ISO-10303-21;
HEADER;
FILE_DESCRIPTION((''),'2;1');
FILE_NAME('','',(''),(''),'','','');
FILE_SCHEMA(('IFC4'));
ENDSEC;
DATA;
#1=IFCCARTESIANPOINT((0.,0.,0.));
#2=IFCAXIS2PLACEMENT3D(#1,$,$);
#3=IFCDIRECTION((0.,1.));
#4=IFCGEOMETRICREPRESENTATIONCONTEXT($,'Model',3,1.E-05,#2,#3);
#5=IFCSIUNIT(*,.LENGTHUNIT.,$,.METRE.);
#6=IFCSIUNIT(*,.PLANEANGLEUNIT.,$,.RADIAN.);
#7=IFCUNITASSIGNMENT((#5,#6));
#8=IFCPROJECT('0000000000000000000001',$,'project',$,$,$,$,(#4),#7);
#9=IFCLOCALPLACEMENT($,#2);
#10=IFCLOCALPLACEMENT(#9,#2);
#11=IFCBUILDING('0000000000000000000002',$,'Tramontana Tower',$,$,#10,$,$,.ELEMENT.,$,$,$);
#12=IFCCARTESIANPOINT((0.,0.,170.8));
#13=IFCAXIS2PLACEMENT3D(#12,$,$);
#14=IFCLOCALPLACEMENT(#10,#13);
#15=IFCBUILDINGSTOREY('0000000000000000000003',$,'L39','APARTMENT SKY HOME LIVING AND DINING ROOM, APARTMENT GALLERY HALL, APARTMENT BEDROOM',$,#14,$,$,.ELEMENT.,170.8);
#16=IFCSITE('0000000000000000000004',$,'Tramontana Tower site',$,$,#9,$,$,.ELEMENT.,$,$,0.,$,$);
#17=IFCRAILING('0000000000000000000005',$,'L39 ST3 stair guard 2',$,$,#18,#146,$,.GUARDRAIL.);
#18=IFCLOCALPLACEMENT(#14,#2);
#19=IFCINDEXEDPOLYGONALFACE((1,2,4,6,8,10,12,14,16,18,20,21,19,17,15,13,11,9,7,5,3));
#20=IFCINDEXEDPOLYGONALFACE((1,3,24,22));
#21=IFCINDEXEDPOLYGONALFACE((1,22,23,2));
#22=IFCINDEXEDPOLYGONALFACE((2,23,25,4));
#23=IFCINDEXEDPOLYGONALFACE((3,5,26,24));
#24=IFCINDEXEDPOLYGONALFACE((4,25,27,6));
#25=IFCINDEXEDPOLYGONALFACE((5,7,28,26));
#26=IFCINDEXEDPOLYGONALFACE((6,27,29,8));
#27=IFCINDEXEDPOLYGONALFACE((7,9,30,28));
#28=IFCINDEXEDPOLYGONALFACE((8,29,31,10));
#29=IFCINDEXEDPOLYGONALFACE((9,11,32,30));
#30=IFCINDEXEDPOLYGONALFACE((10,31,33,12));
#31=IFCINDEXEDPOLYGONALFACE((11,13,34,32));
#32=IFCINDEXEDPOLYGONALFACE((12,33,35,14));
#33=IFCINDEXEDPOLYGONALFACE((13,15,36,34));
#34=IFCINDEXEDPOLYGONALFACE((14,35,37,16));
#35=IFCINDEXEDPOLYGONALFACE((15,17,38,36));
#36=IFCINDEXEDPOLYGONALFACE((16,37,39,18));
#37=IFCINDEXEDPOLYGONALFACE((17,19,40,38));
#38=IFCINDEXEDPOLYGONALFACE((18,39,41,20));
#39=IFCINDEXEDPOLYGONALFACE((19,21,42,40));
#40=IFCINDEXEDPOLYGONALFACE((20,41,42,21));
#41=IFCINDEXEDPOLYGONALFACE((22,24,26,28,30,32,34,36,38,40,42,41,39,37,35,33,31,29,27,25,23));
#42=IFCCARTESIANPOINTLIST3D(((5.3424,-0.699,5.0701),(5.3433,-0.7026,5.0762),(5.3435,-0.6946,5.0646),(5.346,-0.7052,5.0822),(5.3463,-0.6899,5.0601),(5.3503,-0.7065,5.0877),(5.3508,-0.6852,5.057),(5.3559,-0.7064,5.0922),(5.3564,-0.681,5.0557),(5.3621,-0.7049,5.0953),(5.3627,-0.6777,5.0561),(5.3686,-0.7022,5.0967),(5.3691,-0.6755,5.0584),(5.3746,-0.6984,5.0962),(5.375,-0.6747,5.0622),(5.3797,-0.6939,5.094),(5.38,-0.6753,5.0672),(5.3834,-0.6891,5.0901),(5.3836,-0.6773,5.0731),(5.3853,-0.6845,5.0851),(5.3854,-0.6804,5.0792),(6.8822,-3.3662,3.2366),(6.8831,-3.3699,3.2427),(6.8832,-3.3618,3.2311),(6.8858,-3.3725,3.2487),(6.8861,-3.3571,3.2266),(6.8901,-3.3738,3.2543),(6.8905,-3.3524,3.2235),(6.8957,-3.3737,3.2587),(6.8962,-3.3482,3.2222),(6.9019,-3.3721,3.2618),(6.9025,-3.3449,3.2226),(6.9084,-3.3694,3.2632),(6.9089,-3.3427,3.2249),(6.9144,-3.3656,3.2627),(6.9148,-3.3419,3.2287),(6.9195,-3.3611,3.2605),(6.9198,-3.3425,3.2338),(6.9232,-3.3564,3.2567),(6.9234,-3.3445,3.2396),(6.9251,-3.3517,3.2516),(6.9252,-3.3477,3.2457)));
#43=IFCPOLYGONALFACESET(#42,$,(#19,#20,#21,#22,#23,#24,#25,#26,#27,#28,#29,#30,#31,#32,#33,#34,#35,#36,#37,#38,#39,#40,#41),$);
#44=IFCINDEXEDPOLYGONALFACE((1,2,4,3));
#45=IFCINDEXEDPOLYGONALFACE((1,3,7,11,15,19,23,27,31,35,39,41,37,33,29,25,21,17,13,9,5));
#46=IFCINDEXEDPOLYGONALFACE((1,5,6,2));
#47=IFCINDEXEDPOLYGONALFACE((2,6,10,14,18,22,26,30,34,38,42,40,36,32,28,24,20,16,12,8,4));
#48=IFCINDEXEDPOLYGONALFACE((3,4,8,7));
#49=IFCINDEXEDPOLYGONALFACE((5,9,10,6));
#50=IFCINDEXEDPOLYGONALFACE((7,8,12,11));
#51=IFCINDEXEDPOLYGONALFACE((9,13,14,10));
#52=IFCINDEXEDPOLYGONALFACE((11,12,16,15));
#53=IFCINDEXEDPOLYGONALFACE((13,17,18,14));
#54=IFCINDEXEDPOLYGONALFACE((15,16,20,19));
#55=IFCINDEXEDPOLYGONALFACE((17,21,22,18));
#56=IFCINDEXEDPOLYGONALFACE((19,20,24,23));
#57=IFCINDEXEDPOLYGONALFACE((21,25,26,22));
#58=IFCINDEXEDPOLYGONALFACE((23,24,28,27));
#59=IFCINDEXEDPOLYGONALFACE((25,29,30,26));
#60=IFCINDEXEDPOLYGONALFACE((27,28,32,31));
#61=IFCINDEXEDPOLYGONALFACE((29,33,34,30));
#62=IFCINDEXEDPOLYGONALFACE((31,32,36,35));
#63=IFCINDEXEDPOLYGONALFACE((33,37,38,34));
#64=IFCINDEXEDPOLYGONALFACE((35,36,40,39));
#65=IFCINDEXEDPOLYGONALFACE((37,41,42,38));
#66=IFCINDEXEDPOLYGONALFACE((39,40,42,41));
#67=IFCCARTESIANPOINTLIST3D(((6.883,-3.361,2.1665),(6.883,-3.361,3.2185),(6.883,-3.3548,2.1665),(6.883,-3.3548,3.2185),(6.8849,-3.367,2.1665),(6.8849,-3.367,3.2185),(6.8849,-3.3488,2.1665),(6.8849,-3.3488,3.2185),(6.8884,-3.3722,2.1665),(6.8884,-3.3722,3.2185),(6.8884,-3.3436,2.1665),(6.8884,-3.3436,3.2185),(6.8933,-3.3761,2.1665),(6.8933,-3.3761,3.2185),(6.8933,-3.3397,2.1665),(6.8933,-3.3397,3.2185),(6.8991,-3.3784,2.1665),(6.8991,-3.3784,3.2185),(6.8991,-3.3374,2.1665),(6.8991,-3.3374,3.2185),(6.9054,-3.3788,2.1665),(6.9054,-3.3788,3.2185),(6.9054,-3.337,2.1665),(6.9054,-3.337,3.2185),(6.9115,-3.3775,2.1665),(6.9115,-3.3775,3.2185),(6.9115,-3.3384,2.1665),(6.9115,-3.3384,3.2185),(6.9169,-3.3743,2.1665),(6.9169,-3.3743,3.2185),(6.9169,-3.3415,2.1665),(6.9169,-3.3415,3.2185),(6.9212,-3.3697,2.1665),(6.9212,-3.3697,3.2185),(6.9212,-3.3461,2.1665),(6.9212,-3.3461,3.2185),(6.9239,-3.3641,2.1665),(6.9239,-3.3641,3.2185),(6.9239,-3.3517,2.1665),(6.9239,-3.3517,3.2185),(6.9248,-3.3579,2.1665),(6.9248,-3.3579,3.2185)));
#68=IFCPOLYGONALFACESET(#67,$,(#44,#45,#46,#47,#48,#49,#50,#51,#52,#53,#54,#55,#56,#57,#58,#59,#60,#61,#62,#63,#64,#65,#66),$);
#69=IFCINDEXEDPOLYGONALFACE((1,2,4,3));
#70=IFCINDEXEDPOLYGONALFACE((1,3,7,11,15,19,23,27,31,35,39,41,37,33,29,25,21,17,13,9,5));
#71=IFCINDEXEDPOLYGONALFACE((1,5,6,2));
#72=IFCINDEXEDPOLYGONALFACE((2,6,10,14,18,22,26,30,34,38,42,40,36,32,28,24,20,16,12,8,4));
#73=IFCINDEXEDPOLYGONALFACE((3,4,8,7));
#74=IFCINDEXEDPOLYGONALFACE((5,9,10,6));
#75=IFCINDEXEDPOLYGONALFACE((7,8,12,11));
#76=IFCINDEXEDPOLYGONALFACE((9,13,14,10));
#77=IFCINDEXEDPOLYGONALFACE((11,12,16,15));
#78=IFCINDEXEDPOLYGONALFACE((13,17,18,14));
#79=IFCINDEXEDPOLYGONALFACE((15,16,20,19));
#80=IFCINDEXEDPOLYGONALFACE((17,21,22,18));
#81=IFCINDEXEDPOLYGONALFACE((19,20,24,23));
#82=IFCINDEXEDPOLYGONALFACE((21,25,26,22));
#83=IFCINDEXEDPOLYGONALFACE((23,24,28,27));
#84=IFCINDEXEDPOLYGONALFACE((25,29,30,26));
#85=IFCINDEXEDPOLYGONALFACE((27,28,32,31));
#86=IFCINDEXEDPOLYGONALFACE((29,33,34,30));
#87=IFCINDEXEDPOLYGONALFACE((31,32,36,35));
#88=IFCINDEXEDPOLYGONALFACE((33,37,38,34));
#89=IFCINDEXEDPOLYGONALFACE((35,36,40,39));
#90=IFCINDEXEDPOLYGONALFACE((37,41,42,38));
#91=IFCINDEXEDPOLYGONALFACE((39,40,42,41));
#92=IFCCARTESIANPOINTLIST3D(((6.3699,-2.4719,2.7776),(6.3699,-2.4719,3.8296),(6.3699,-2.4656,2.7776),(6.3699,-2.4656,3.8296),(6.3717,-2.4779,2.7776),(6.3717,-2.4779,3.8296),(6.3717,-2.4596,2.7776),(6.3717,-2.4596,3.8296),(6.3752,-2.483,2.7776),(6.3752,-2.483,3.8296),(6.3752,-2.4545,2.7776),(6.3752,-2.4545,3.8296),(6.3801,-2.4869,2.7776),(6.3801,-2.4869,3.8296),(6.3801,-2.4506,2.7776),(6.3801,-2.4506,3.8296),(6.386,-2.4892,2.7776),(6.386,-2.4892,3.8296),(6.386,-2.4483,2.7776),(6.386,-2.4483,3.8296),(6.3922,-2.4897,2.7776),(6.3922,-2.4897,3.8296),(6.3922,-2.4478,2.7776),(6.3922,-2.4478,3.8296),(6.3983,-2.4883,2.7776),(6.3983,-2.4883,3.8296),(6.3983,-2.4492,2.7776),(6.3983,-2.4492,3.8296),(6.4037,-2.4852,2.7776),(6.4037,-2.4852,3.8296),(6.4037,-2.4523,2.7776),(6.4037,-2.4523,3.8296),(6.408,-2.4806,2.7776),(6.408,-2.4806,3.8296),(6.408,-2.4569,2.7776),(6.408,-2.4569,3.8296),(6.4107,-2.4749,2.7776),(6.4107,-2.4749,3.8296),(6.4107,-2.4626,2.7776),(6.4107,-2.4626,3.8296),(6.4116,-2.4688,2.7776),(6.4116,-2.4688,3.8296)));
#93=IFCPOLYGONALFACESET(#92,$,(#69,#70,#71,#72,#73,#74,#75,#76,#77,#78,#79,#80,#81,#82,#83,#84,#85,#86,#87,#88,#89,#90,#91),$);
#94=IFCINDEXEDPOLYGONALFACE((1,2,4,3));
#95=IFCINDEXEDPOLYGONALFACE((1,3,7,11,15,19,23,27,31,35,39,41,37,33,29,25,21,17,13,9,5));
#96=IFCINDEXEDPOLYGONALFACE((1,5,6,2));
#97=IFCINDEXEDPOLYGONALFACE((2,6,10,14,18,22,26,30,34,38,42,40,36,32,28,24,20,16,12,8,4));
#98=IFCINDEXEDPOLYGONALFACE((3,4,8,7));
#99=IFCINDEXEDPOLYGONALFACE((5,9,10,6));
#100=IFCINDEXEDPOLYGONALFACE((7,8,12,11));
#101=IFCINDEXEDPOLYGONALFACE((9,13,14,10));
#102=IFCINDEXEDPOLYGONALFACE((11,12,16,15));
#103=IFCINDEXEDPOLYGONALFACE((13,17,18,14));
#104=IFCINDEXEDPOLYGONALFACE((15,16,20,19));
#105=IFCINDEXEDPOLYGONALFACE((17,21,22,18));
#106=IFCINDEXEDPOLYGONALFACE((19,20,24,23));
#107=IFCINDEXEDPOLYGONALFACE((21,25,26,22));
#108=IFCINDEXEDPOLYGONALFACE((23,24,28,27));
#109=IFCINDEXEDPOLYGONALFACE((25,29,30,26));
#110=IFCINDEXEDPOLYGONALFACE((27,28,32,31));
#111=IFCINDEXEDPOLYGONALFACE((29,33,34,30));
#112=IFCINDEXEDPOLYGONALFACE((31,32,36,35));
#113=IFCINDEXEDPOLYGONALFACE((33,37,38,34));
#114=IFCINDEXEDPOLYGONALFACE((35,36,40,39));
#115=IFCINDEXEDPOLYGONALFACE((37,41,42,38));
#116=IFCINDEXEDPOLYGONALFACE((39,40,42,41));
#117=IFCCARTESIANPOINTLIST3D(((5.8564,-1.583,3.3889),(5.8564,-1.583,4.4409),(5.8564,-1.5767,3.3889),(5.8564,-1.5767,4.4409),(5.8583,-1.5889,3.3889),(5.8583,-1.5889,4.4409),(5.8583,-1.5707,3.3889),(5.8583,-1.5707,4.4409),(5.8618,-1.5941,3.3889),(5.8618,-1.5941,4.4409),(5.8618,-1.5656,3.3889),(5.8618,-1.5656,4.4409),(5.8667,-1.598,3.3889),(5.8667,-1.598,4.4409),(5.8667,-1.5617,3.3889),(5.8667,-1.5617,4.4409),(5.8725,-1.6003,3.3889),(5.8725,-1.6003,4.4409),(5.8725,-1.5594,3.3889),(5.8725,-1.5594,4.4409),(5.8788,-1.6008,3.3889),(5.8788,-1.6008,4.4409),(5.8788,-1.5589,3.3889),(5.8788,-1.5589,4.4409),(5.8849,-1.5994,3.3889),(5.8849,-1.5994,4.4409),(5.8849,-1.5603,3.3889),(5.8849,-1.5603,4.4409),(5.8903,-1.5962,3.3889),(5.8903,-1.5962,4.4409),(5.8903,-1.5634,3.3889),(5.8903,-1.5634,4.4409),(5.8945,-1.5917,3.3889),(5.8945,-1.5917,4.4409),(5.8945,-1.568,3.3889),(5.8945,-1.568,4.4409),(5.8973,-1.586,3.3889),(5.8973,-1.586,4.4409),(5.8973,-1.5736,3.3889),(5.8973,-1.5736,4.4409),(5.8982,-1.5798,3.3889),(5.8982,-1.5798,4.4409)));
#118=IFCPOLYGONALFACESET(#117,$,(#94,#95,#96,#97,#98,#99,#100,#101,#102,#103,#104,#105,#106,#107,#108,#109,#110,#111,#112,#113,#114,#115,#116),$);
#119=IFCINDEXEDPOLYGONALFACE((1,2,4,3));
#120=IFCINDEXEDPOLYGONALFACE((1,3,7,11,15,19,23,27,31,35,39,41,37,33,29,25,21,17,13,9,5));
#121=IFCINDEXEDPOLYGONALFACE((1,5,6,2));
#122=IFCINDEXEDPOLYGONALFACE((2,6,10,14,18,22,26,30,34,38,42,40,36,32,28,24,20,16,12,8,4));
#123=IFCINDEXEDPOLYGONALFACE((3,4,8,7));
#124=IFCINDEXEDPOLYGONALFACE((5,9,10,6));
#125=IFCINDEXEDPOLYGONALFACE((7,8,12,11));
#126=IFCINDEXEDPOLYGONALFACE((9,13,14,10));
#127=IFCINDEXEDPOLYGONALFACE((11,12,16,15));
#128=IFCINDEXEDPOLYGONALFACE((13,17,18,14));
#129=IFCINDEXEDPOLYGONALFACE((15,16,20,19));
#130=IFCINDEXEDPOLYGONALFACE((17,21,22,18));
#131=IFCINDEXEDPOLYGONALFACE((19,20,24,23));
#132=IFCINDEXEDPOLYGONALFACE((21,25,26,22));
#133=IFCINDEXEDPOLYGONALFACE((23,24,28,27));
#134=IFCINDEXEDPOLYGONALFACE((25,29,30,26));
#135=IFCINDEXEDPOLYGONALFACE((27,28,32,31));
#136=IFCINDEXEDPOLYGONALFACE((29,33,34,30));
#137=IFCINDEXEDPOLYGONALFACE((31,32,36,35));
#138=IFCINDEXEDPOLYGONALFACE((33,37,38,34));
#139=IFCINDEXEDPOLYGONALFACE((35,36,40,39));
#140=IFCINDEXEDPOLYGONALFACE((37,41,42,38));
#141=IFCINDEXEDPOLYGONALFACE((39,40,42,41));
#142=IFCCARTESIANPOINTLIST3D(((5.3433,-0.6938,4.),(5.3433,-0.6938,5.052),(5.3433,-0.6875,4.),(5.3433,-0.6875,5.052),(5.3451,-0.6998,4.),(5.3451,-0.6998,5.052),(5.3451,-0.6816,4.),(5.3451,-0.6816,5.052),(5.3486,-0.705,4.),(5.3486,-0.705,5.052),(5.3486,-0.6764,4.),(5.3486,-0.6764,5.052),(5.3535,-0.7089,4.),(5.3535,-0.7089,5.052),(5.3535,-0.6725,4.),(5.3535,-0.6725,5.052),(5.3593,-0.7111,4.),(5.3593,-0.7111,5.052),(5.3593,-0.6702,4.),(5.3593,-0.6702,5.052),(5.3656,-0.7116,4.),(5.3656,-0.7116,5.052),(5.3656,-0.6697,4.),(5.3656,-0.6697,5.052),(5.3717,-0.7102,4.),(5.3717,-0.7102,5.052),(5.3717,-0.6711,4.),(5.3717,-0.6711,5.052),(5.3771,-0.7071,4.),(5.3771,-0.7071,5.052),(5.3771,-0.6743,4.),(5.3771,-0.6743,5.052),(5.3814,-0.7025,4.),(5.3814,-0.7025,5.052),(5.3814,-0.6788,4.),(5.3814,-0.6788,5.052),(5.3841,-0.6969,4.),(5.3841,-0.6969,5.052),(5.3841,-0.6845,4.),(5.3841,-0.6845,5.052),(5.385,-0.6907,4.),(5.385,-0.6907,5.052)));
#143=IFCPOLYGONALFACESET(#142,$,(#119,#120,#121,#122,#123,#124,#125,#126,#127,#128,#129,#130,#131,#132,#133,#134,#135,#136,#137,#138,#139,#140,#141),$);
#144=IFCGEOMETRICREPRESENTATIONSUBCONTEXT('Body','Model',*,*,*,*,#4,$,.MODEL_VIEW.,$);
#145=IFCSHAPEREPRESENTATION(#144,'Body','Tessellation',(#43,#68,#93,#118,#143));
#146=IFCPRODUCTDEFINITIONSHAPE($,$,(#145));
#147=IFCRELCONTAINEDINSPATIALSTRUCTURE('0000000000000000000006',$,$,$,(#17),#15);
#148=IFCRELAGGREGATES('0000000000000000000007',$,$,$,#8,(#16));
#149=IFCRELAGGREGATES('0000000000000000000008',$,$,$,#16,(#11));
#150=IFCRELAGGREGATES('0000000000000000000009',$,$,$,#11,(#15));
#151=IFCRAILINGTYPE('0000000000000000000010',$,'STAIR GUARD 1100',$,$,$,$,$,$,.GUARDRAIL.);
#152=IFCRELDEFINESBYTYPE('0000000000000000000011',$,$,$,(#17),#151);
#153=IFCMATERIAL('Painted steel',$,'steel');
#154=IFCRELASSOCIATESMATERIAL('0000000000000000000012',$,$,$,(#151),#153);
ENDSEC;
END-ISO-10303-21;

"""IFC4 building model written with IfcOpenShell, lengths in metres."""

from ifc_helpers import new_model, si_unit, direction, frame, origin, origin_2d, place, context, subcontext, project, spatial, circle, extrude, material, type_object, element, save


model = new_model("IFC4")

# Units and contexts
model_context = context("Model", 3, precision=1e-05, world=origin(), true_north=direction((0.0, 1.0)))
body_context = subcontext(model_context, "Body", "Model", "MODEL_VIEW")
ifc_project = project(units=[si_unit("LENGTHUNIT", "METRE"), si_unit("PLANEANGLEUNIT", "RADIAN")], contexts=[model_context])

# Site, building, storey
site_placement = place(None, origin())
site = spatial("IfcSite", under=ifc_project, at=site_placement, Name="Tramontana Tower site", CompositionType="ELEMENT", RefElevation=0.0)
building_placement = place(site_placement, origin())
building = spatial("IfcBuilding", under=site, at=building_placement, Name="Tramontana Tower", CompositionType="ELEMENT")
storey_placement = place(building_placement, frame((0.0, 0.0, 170.8)))
storey = spatial("IfcBuildingStorey", under=building, at=storey_placement, Name="L39", Description="APARTMENT SKY HOME LIVING AND DINING ROOM, APARTMENT GALLERY HALL, APARTMENT BEDROOM", CompositionType="ELEMENT", Elevation=170.8)

# Railing
ifc_material_1 = material(Name="Painted steel", Category="steel")
railing_type_1 = type_object("IfcRailingType", Name="STAIR GUARD 1100", PredefinedType="GUARDRAIL", material=ifc_material_1)
railing_1_placement = place(storey_placement, frame((6.9038, -3.3579, 2.1665)))
element("IfcRailing", 1, at=railing_1_placement, inside=storey, type_object=railing_type_1, Name="L39 ST3 stair guard 2", PredefinedType="GUARDRAIL", context=body_context, shape_type="SweptSolid", body=[
    extrude(circle(Radius=0.0239, at=origin_2d()), frame((0.0, 0.0, 1.0762), z_axis=(-0.429601, 0.744155, 0.511543), x_axis=(-0.866044, -0.499967, 0.0)), (0.0, 0.0, 1.0), 3.5842),
    extrude(circle(Radius=0.021, at=origin_2d()), origin(), (0.0, 0.0, 1.0), 1.052),
    extrude(circle(Radius=0.021, at=origin_2d()), frame((-0.5132, 0.8892, 0.6111)), (0.0, 0.0, 1.0), 1.052),
    extrude(circle(Radius=0.021, at=origin_2d()), frame((-1.0266, 1.7781, 1.2224)), (0.0, 0.0, 1.0), 1.052),
    extrude(circle(Radius=0.021, at=origin_2d()), frame((-1.5398, 2.6672, 1.8335)), (0.0, 0.0, 1.0), 1.052),
])

save(model, "model.ifc")
